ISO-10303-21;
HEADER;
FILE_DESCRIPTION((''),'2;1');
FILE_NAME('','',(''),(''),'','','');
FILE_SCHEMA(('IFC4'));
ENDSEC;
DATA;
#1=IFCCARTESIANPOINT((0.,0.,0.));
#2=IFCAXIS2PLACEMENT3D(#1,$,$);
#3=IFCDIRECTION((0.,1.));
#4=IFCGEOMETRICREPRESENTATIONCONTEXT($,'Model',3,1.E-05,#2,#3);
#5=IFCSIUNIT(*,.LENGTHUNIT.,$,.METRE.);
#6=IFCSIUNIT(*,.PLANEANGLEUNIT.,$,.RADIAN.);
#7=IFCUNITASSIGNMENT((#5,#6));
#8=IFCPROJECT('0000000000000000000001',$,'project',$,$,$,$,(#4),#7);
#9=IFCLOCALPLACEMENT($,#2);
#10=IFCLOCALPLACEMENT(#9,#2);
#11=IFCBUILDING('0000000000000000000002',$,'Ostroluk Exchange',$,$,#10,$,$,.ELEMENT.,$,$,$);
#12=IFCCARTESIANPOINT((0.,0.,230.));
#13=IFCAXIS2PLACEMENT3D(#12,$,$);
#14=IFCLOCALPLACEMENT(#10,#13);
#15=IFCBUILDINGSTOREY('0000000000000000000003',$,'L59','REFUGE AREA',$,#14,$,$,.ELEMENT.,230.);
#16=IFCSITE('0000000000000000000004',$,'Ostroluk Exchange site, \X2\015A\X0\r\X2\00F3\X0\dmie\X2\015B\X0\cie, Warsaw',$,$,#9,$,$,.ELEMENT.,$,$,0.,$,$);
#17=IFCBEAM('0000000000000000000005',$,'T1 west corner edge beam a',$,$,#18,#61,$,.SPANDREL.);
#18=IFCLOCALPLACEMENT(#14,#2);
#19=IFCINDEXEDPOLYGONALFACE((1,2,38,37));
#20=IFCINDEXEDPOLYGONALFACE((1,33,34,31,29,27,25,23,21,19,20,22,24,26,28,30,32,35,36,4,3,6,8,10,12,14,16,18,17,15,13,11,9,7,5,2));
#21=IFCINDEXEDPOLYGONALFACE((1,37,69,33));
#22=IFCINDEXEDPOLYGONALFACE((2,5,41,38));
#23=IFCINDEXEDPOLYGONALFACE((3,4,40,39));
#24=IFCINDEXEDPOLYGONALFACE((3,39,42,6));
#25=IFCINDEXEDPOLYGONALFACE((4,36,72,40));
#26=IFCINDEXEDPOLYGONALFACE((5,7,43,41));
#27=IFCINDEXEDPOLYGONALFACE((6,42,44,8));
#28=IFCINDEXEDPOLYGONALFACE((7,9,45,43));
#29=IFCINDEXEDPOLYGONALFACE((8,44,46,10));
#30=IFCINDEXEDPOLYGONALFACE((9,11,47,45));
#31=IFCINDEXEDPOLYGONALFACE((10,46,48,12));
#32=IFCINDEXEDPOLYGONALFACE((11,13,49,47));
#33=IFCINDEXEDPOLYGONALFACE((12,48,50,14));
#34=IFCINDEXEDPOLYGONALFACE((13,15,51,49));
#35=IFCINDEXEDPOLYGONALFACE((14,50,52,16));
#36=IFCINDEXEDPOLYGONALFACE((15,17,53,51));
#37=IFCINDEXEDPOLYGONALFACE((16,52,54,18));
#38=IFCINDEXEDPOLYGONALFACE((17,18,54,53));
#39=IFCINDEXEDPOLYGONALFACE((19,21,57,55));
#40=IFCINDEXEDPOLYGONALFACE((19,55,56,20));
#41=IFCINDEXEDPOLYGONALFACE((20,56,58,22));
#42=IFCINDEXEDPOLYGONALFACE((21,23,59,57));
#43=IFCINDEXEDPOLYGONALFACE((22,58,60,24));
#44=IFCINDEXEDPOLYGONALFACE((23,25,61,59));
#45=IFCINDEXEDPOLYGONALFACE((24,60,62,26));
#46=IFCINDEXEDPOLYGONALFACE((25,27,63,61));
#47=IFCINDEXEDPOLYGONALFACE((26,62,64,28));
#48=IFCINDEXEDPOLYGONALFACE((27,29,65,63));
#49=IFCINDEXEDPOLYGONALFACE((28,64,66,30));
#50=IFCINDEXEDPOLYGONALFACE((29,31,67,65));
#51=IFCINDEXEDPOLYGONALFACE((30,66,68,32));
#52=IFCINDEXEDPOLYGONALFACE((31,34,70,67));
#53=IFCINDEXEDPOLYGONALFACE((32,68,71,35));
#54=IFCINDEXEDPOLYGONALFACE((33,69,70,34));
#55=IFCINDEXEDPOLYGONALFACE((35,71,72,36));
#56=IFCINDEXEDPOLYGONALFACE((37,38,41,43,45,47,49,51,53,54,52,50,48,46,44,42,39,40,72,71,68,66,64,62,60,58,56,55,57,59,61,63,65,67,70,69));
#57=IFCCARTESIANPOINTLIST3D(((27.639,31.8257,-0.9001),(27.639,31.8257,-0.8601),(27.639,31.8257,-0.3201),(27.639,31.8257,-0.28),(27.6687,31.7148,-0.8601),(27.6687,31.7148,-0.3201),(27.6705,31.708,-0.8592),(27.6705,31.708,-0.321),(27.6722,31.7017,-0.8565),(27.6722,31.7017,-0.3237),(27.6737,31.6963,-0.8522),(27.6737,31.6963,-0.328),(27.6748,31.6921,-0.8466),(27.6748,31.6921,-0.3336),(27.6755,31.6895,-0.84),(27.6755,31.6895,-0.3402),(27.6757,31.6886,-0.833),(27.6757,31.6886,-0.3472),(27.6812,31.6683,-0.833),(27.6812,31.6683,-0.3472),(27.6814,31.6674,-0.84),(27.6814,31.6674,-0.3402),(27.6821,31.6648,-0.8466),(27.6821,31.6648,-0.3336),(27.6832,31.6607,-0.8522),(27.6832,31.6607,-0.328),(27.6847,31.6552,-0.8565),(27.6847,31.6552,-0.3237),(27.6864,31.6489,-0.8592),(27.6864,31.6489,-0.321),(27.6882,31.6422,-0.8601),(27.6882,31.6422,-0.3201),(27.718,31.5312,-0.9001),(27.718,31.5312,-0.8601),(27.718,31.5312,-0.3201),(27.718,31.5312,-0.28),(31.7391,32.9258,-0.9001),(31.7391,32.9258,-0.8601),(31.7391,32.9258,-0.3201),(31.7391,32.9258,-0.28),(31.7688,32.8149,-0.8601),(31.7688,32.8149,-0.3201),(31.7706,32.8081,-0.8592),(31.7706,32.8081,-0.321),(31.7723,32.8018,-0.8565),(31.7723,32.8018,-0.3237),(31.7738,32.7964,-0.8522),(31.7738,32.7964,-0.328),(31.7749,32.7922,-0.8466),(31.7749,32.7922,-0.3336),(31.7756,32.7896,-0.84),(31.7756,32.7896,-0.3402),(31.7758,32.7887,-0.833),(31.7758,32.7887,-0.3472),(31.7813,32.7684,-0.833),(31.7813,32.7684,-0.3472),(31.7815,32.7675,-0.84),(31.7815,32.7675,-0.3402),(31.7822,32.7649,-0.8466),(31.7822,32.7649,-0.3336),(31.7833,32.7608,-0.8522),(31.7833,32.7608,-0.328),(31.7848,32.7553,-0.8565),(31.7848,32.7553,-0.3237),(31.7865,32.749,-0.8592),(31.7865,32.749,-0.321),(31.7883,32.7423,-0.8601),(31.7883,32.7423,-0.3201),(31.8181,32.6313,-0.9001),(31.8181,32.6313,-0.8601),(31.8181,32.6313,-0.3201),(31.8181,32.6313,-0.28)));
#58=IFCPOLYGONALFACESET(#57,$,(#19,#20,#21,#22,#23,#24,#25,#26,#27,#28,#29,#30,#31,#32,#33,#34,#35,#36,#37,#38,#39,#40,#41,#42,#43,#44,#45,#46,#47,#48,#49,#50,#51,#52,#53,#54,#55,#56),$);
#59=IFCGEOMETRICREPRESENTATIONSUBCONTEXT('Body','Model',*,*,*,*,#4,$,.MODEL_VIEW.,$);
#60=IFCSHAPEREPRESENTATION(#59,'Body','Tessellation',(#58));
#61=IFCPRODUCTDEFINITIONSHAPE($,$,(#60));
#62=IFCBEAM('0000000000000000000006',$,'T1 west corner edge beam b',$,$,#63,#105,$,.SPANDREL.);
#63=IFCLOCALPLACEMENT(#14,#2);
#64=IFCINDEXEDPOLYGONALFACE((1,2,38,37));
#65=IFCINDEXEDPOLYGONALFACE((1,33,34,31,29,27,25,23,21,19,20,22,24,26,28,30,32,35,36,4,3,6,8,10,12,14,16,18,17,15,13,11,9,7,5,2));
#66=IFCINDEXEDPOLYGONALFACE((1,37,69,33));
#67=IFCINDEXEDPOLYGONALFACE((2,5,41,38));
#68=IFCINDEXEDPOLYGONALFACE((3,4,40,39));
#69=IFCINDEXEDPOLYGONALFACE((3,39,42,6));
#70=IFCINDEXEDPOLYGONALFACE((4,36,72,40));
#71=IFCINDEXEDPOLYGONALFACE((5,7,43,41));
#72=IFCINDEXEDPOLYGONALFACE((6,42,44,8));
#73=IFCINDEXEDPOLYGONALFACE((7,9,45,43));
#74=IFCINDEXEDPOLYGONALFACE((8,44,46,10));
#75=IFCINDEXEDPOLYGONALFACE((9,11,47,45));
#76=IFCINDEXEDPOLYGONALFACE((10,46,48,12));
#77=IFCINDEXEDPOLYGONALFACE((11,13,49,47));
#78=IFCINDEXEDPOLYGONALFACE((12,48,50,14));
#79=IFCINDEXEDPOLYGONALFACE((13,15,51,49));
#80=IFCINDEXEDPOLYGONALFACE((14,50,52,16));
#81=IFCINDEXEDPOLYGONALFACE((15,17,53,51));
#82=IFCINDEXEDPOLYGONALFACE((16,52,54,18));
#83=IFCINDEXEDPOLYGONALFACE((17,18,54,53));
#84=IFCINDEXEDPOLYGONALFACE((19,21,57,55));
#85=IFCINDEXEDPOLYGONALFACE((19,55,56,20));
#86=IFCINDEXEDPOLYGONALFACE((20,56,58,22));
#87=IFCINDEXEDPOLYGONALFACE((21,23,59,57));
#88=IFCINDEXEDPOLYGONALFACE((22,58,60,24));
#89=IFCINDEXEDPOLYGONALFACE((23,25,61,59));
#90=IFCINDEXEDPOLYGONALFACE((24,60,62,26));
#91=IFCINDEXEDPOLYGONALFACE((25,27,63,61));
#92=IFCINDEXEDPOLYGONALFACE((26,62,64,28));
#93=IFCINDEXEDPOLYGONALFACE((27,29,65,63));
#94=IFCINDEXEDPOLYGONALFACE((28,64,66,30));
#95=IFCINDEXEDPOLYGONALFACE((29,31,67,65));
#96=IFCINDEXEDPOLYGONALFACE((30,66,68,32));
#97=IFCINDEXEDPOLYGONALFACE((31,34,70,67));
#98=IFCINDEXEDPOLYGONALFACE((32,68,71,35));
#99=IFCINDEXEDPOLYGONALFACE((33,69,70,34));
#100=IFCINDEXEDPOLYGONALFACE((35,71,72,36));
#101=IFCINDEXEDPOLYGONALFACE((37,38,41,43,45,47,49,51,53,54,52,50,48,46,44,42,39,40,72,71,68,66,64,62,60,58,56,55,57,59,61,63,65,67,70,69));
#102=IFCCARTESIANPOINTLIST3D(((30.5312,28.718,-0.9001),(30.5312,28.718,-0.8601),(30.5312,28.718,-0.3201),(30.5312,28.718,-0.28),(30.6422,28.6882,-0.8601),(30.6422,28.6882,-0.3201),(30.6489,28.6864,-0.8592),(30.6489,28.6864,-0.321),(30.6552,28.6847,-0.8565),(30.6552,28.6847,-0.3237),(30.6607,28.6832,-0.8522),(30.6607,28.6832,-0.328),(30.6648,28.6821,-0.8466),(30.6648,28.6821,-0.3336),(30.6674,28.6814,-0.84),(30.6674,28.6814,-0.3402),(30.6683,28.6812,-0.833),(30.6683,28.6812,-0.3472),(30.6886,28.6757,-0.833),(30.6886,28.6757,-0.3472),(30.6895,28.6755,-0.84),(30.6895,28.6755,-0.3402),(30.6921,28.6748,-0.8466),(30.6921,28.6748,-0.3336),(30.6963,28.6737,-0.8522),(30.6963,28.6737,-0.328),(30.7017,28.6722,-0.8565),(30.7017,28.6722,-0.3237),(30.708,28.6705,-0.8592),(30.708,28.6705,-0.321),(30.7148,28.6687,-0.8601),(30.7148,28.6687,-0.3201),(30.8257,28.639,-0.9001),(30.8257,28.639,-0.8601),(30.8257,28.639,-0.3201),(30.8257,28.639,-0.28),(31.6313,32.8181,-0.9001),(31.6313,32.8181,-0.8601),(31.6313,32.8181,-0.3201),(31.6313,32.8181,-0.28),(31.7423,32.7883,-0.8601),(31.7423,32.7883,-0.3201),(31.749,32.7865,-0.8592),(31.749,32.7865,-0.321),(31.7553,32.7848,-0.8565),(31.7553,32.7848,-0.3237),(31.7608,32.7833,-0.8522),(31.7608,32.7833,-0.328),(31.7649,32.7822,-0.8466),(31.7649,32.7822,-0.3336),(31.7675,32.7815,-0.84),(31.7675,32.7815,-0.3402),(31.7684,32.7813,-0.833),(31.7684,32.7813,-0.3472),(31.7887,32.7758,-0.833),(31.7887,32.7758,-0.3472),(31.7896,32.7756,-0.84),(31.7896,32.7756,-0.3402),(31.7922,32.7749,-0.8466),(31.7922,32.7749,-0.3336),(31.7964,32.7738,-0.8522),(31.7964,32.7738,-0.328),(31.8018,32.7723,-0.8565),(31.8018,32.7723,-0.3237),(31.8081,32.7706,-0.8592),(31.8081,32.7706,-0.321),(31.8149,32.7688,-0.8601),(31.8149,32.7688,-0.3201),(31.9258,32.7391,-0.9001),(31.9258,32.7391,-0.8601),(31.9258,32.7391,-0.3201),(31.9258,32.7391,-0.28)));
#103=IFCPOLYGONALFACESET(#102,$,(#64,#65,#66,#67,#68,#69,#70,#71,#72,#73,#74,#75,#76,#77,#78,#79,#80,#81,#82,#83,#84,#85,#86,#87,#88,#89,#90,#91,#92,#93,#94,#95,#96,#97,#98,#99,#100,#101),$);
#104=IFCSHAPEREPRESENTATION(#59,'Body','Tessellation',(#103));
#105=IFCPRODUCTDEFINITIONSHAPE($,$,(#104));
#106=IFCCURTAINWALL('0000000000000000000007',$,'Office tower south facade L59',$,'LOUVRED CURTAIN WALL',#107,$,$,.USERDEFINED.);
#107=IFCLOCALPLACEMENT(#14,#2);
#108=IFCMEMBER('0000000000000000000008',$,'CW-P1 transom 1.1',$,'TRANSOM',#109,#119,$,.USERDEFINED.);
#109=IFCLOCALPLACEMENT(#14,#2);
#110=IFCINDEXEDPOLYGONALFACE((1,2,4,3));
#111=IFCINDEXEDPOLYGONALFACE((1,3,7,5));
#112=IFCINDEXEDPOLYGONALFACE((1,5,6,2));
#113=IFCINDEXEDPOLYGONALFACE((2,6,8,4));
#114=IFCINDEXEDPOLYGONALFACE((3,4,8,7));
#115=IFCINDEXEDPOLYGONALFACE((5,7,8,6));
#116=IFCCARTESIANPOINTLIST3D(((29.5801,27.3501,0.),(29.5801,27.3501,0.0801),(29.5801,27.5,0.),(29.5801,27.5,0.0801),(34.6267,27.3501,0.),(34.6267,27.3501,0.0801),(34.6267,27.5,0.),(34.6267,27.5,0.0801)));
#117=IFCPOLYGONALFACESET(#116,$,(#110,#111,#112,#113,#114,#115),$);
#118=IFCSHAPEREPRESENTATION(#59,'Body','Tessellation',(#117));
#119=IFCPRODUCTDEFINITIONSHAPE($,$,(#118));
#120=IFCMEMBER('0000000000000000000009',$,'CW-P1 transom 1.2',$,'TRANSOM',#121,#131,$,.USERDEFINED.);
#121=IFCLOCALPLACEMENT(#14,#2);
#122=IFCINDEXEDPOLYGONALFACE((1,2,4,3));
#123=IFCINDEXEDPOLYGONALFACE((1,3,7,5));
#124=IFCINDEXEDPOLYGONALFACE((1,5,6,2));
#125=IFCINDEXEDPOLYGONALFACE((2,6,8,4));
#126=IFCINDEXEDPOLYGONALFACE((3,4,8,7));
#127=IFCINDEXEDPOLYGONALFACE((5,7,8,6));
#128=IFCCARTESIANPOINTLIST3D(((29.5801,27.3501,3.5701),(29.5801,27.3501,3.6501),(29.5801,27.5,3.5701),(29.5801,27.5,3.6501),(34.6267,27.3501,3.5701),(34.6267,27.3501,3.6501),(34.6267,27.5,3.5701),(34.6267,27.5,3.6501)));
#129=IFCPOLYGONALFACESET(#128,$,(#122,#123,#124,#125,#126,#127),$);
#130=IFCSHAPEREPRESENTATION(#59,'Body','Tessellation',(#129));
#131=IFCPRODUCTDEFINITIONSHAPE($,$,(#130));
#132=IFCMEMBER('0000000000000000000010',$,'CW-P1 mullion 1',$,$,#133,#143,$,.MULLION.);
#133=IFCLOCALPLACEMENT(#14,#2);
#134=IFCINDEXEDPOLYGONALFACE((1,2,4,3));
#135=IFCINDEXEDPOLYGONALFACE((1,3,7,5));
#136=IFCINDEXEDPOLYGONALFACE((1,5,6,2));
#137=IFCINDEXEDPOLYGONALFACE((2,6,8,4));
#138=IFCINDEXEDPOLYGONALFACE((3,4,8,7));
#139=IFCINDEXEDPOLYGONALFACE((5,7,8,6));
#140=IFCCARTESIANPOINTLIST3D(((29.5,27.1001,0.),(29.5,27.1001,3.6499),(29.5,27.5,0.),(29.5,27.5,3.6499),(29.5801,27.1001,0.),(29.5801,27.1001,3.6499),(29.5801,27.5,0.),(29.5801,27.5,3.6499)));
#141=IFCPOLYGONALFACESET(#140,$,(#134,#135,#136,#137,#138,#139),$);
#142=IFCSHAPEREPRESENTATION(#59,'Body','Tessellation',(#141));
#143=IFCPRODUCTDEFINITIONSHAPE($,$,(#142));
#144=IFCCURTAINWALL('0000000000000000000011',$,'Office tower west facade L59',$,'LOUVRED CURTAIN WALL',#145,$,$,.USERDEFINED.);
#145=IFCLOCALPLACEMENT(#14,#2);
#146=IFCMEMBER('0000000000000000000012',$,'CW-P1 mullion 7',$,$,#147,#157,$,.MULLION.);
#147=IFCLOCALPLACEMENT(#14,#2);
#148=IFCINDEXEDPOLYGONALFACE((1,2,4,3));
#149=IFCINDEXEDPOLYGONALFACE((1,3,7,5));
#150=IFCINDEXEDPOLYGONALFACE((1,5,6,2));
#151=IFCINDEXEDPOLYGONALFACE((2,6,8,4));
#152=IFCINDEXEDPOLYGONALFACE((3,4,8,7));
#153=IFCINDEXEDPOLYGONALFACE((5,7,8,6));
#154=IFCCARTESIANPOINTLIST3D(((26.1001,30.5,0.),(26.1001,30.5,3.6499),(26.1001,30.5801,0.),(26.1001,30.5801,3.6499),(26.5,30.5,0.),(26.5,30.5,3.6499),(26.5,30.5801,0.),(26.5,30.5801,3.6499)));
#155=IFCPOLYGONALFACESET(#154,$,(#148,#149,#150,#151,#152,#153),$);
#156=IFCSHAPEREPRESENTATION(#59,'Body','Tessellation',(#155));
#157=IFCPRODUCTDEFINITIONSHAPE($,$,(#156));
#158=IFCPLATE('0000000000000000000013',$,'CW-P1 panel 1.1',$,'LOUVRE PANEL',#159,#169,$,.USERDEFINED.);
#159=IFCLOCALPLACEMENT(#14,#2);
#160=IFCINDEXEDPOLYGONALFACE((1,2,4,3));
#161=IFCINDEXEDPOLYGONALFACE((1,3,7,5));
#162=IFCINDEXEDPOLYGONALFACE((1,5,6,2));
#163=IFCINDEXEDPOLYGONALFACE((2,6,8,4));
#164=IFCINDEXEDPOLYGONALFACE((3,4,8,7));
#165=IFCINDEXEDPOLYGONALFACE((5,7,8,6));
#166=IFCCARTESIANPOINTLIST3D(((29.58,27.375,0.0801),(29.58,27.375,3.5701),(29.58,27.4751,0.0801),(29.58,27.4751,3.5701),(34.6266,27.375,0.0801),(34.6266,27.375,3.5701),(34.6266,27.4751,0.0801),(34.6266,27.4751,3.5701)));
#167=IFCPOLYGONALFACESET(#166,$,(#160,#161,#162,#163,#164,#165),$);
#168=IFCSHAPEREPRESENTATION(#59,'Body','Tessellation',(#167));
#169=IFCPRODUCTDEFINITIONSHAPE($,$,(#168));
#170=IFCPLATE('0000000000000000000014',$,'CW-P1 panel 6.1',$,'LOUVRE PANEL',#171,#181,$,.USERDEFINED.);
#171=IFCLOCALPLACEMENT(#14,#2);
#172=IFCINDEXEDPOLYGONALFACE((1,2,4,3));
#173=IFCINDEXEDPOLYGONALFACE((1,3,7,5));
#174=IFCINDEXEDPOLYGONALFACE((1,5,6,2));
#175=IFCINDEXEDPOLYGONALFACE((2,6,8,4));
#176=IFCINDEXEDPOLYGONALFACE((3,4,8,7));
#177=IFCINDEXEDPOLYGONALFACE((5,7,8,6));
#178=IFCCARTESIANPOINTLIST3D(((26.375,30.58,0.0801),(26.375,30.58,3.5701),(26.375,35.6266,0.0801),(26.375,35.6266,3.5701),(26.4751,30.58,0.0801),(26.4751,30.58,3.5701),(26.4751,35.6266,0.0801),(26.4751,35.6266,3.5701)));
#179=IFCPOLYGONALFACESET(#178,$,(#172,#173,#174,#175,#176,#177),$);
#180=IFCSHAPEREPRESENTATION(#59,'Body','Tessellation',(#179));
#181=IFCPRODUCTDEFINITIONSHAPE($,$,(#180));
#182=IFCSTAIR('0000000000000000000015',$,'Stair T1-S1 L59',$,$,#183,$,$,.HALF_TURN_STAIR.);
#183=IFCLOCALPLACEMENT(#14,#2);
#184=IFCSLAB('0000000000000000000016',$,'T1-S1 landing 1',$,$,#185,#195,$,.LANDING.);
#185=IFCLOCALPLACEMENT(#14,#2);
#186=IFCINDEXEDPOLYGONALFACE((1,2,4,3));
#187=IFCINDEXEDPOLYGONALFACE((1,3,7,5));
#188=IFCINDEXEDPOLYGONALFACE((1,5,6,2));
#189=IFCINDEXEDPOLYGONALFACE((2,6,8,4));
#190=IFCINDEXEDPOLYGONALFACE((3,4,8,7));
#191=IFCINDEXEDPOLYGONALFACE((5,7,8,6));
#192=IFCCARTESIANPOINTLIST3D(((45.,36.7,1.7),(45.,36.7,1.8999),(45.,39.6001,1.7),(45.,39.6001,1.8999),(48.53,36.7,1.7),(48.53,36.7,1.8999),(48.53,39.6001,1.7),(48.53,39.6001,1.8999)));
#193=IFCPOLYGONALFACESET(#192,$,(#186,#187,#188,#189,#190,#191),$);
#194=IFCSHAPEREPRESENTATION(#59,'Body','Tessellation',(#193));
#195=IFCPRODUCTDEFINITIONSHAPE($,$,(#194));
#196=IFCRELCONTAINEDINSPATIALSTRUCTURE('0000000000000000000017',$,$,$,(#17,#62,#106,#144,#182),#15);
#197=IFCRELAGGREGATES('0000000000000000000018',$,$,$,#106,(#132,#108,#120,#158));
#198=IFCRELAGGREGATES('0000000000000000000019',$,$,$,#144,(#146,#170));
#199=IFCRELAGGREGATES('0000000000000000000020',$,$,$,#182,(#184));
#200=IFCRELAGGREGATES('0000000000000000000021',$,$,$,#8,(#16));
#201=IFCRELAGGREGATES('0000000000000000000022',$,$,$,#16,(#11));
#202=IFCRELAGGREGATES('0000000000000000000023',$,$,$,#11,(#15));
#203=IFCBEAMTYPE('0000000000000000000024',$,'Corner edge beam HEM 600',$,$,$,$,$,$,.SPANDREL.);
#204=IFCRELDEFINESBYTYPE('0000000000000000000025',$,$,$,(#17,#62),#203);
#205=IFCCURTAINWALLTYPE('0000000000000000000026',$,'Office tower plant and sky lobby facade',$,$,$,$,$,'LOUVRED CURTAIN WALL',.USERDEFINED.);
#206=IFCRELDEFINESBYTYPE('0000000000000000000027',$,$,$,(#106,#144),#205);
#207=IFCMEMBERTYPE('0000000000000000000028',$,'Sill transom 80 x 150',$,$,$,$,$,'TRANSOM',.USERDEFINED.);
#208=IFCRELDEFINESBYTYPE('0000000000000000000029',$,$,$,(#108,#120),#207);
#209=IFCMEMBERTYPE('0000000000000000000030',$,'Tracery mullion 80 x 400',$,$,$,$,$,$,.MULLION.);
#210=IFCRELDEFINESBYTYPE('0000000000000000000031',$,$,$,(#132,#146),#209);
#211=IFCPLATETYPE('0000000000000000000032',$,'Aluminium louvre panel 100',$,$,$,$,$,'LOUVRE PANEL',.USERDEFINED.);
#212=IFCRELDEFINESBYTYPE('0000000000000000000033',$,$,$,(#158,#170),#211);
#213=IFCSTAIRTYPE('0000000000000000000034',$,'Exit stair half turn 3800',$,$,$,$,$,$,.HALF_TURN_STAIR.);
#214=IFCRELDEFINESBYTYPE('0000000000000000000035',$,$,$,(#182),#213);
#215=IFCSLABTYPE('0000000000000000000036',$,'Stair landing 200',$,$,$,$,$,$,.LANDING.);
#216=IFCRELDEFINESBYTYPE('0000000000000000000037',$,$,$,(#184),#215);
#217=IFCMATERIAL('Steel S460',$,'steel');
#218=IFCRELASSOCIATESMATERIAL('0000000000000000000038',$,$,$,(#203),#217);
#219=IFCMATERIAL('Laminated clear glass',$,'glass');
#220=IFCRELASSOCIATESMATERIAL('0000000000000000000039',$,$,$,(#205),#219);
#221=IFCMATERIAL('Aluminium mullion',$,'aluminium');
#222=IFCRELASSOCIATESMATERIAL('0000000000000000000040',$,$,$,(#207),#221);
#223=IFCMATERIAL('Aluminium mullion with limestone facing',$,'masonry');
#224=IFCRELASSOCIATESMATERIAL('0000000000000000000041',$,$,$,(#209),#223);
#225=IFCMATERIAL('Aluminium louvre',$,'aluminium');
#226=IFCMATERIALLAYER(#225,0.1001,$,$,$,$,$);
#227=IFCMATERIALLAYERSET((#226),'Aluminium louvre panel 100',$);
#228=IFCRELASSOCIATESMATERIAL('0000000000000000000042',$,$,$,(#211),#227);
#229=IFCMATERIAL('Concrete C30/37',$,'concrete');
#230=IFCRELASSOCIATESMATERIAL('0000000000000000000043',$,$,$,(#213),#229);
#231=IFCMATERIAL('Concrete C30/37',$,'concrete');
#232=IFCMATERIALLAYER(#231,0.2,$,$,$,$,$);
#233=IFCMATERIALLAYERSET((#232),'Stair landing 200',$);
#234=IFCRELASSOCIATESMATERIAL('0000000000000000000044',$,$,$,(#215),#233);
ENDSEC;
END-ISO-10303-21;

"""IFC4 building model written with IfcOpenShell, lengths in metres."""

from ifc_helpers import new_model, si_unit, direction, frame, origin, origin_2d, place, context, subcontext, project, spatial, polyline, rectangle, i_section, outline, extrude, material, layer, layer_set, material_profile, profile_set, type_object, element, aggregate, save


model = new_model("IFC4")

# Units and contexts
model_context = context("Model", 3, precision=1e-05, world=origin(), true_north=direction((0.0, 1.0)))
body_context = subcontext(model_context, "Body", "Model", "MODEL_VIEW")
ifc_project = project(units=[si_unit("LENGTHUNIT", "METRE"), si_unit("PLANEANGLEUNIT", "RADIAN")], contexts=[model_context])

# Site, building, storey
site_placement = place(None, origin())
site = spatial("IfcSite", under=ifc_project, at=site_placement, Name="Ostroluk Exchange site, Śródmieście, Warsaw", CompositionType="ELEMENT", RefElevation=0.0)
building_placement = place(site_placement, origin())
building = spatial("IfcBuilding", under=site, at=building_placement, Name="Ostroluk Exchange", CompositionType="ELEMENT")
storey_placement = place(building_placement, frame((0.0, 0.0, 230.0)))
storey = spatial("IfcBuildingStorey", under=building, at=storey_placement, Name="L59", Description="REFUGE AREA", CompositionType="ELEMENT", Elevation=230.0)

# Beams
ifc_material_1 = material(Name="Steel S460", Category="steel")
ifc_material_profile_1 = material_profile(ifc_material_1, i_section(OverallWidth=0.3049, OverallDepth=0.6201, WebThickness=0.021, FlangeThickness=0.04, FilletRadius=0.0271, at=origin_2d()), Name="HEM 600")
ifc_profile_set_1 = profile_set([ifc_material_profile_1], Name="Steel S460")
beam_type = type_object("IfcBeamType", Name="Corner edge beam HEM 600", PredefinedType="SPANDREL", material=ifc_profile_set_1)
for number, where, z_axis, x_axis, name in (
    (1, (31.7786, 32.7786, -0.5901), (-0.965839, -0.259144, 0.0), (0.259144, -0.965839, 0.0), "T1 west corner edge beam a"),
    (2, (31.7786, 32.7786, -0.5901), (-0.259144, -0.965839, 0.0), (0.965839, -0.259144, 0.0), "T1 west corner edge beam b"),
):
    element("IfcBeam", number, at=place(storey_placement, frame(where, z_axis=z_axis, x_axis=x_axis)), inside=storey, type_object=beam_type, Name=name, PredefinedType="SPANDREL", context=body_context, shape_type="SweptSolid", body=[
        extrude(i_section(OverallWidth=0.3049, OverallDepth=0.6201, WebThickness=0.021, FlangeThickness=0.04, FilletRadius=0.0271, at=origin_2d()), origin(), (0.0, 0.0, 1.0), 4.2451),
    ])

# Curtain wall, members
ifc_material_2 = material(Name="Laminated clear glass", Category="glass")
curtain_wall_type = type_object("IfcCurtainWallType", Name="Office tower plant and sky lobby facade", ElementType="LOUVRED CURTAIN WALL", PredefinedType="USERDEFINED", material=ifc_material_2)
curtain_wall_1_placement = place(storey_placement, origin())
curtain_wall_1 = element("IfcCurtainWall", 3, at=curtain_wall_1_placement, inside=storey, type_object=curtain_wall_type, Name="Office tower south facade L59", ObjectType="LOUVRED CURTAIN WALL", PredefinedType="USERDEFINED")
ifc_material_3 = material(Name="Aluminium mullion", Category="aluminium")
ifc_material_profile_2 = material_profile(ifc_material_3, rectangle(XDim=0.1499, YDim=0.0801, at=origin_2d()), Name="Sill transom 80 x 150")
ifc_profile_set_2 = profile_set([ifc_material_profile_2], Name="Aluminium mullion")
member_type_1 = type_object("IfcMemberType", Name="Sill transom 80 x 150", ElementType="TRANSOM", PredefinedType="USERDEFINED", material=ifc_profile_set_2)
member_1_placement = place(storey_placement, frame((29.5801, 27.425, 0.04), z_axis=(1.0, 0.0, 0.0), x_axis=(0.0, 1.0, 0.0)))
member_1 = element("IfcMember", 4, at=member_1_placement, type_object=member_type_1, Name="CW-P1 transom 1.1", ObjectType="TRANSOM", PredefinedType="USERDEFINED", context=body_context, shape_type="SweptSolid", body=[
    extrude(rectangle(XDim=0.1499, YDim=0.0801, at=origin_2d()), origin(), (0.0, 0.0, 1.0), 5.0466),
])
member_2_placement = place(storey_placement, frame((29.5801, 27.425, 3.6101), z_axis=(1.0, 0.0, 0.0), x_axis=(0.0, 1.0, 0.0)))
member_2 = element("IfcMember", 5, at=member_2_placement, type_object=member_type_1, Name="CW-P1 transom 1.2", ObjectType="TRANSOM", PredefinedType="USERDEFINED", context=body_context, shape_type="SweptSolid", body=[
    extrude(rectangle(XDim=0.1499, YDim=0.0801, at=origin_2d()), origin(), (0.0, 0.0, 1.0), 5.0466),
])
ifc_material_4 = material(Name="Aluminium mullion with limestone facing", Category="masonry")
ifc_material_profile_3 = material_profile(ifc_material_4, rectangle(XDim=0.3999, YDim=0.0801, at=origin_2d()), Name="Tracery mullion 80 x 400")
ifc_profile_set_3 = profile_set([ifc_material_profile_3], Name="Aluminium mullion with limestone facing")
member_type_2 = type_object("IfcMemberType", Name="Tracery mullion 80 x 400", PredefinedType="MULLION", material=ifc_profile_set_3)
member_3_placement = place(storey_placement, frame((29.54, 27.3, 0.0), z_axis=(0.0, 0.0, 1.0), x_axis=(0.0, 1.0, 0.0)))
member_3 = element("IfcMember", 6, at=member_3_placement, type_object=member_type_2, Name="CW-P1 mullion 1", PredefinedType="MULLION", context=body_context, shape_type="SweptSolid", body=[
    extrude(rectangle(XDim=0.3999, YDim=0.0801, at=origin_2d()), origin(), (0.0, 0.0, 1.0), 3.6499),
])

# Curtain wall, member
curtain_wall_2_placement = place(storey_placement, origin())
curtain_wall_2 = element("IfcCurtainWall", 7, at=curtain_wall_2_placement, inside=storey, type_object=curtain_wall_type, Name="Office tower west facade L59", ObjectType="LOUVRED CURTAIN WALL", PredefinedType="USERDEFINED")
member_4_placement = place(storey_placement, frame((26.3, 30.54, 0.0), z_axis=(0.0, 0.0, 1.0), x_axis=(1.0, 0.0, 0.0)))
member_4 = element("IfcMember", 8, at=member_4_placement, type_object=member_type_2, Name="CW-P1 mullion 7", PredefinedType="MULLION", context=body_context, shape_type="SweptSolid", body=[
    extrude(rectangle(XDim=0.3999, YDim=0.0801, at=origin_2d()), origin(), (0.0, 0.0, 1.0), 3.6499),
])

# Plates
ifc_material_5 = material(Name="Aluminium louvre", Category="aluminium")
ifc_layer_1 = layer(ifc_material_5, 0.1001)
ifc_layer_set_1 = layer_set([ifc_layer_1], Name="Aluminium louvre panel 100")
plate_type = type_object("IfcPlateType", Name="Aluminium louvre panel 100", ElementType="LOUVRE PANEL", PredefinedType="USERDEFINED", material=ifc_layer_set_1)
plate_1_placement = place(storey_placement, frame((32.1033, 27.425, 0.0801), z_axis=(0.0, 0.0, 1.0), x_axis=(1.0, 0.0, 0.0)))
plate_1 = element("IfcPlate", 9, at=plate_1_placement, type_object=plate_type, Name="CW-P1 panel 1.1", ObjectType="LOUVRE PANEL", PredefinedType="USERDEFINED", context=body_context, shape_type="SweptSolid", body=[
    extrude(rectangle(XDim=5.0466, YDim=0.1001, at=origin_2d()), origin(), (0.0, 0.0, 1.0), 3.49),
])
aggregate(curtain_wall_1, [member_3, member_1, member_2, plate_1])
plate_2_placement = place(storey_placement, frame((26.425, 33.1033, 0.0801), z_axis=(0.0, 0.0, 1.0), x_axis=(0.0, -1.0, 0.0)))
plate_2 = element("IfcPlate", 10, at=plate_2_placement, type_object=plate_type, Name="CW-P1 panel 6.1", ObjectType="LOUVRE PANEL", PredefinedType="USERDEFINED", context=body_context, shape_type="SweptSolid", body=[
    extrude(rectangle(XDim=5.0466, YDim=0.1001, at=origin_2d()), origin(), (0.0, 0.0, 1.0), 3.49),
])
aggregate(curtain_wall_2, [member_4, plate_2])

# Stair, slab
ifc_material_6 = material(Name="Concrete C30/37", Category="concrete")
stair_type = type_object("IfcStairType", Name="Exit stair half turn 3800", PredefinedType="HALF_TURN_STAIR", material=ifc_material_6)
stair_1_placement = place(storey_placement, origin())
stair_1 = element("IfcStair", 11, at=stair_1_placement, inside=storey, type_object=stair_type, Name="Stair T1-S1 L59", PredefinedType="HALF_TURN_STAIR")
ifc_material_7 = material(Name="Concrete C30/37", Category="concrete")
ifc_layer_2 = layer(ifc_material_7, 0.2)
ifc_layer_set_2 = layer_set([ifc_layer_2], Name="Stair landing 200")
slab_type_1 = type_object("IfcSlabType", Name="Stair landing 200", PredefinedType="LANDING", material=ifc_layer_set_2)
slab_1_placement = place(storey_placement, frame((0.0, 0.0, 1.7)))
slab_1 = element("IfcSlab", 12, at=slab_1_placement, type_object=slab_type_1, Name="T1-S1 landing 1", PredefinedType="LANDING", context=body_context, shape_type="SweptSolid", body=[
    extrude(outline(polyline([(45.0, 36.7), (45.0, 39.6001), (48.53, 39.6001), (48.53, 36.7), (45.0, 36.7)])), origin(), (0.0, 0.0, 1.0), 0.2),
])
aggregate(stair_1, [slab_1])

save(model, "model.ifc")
